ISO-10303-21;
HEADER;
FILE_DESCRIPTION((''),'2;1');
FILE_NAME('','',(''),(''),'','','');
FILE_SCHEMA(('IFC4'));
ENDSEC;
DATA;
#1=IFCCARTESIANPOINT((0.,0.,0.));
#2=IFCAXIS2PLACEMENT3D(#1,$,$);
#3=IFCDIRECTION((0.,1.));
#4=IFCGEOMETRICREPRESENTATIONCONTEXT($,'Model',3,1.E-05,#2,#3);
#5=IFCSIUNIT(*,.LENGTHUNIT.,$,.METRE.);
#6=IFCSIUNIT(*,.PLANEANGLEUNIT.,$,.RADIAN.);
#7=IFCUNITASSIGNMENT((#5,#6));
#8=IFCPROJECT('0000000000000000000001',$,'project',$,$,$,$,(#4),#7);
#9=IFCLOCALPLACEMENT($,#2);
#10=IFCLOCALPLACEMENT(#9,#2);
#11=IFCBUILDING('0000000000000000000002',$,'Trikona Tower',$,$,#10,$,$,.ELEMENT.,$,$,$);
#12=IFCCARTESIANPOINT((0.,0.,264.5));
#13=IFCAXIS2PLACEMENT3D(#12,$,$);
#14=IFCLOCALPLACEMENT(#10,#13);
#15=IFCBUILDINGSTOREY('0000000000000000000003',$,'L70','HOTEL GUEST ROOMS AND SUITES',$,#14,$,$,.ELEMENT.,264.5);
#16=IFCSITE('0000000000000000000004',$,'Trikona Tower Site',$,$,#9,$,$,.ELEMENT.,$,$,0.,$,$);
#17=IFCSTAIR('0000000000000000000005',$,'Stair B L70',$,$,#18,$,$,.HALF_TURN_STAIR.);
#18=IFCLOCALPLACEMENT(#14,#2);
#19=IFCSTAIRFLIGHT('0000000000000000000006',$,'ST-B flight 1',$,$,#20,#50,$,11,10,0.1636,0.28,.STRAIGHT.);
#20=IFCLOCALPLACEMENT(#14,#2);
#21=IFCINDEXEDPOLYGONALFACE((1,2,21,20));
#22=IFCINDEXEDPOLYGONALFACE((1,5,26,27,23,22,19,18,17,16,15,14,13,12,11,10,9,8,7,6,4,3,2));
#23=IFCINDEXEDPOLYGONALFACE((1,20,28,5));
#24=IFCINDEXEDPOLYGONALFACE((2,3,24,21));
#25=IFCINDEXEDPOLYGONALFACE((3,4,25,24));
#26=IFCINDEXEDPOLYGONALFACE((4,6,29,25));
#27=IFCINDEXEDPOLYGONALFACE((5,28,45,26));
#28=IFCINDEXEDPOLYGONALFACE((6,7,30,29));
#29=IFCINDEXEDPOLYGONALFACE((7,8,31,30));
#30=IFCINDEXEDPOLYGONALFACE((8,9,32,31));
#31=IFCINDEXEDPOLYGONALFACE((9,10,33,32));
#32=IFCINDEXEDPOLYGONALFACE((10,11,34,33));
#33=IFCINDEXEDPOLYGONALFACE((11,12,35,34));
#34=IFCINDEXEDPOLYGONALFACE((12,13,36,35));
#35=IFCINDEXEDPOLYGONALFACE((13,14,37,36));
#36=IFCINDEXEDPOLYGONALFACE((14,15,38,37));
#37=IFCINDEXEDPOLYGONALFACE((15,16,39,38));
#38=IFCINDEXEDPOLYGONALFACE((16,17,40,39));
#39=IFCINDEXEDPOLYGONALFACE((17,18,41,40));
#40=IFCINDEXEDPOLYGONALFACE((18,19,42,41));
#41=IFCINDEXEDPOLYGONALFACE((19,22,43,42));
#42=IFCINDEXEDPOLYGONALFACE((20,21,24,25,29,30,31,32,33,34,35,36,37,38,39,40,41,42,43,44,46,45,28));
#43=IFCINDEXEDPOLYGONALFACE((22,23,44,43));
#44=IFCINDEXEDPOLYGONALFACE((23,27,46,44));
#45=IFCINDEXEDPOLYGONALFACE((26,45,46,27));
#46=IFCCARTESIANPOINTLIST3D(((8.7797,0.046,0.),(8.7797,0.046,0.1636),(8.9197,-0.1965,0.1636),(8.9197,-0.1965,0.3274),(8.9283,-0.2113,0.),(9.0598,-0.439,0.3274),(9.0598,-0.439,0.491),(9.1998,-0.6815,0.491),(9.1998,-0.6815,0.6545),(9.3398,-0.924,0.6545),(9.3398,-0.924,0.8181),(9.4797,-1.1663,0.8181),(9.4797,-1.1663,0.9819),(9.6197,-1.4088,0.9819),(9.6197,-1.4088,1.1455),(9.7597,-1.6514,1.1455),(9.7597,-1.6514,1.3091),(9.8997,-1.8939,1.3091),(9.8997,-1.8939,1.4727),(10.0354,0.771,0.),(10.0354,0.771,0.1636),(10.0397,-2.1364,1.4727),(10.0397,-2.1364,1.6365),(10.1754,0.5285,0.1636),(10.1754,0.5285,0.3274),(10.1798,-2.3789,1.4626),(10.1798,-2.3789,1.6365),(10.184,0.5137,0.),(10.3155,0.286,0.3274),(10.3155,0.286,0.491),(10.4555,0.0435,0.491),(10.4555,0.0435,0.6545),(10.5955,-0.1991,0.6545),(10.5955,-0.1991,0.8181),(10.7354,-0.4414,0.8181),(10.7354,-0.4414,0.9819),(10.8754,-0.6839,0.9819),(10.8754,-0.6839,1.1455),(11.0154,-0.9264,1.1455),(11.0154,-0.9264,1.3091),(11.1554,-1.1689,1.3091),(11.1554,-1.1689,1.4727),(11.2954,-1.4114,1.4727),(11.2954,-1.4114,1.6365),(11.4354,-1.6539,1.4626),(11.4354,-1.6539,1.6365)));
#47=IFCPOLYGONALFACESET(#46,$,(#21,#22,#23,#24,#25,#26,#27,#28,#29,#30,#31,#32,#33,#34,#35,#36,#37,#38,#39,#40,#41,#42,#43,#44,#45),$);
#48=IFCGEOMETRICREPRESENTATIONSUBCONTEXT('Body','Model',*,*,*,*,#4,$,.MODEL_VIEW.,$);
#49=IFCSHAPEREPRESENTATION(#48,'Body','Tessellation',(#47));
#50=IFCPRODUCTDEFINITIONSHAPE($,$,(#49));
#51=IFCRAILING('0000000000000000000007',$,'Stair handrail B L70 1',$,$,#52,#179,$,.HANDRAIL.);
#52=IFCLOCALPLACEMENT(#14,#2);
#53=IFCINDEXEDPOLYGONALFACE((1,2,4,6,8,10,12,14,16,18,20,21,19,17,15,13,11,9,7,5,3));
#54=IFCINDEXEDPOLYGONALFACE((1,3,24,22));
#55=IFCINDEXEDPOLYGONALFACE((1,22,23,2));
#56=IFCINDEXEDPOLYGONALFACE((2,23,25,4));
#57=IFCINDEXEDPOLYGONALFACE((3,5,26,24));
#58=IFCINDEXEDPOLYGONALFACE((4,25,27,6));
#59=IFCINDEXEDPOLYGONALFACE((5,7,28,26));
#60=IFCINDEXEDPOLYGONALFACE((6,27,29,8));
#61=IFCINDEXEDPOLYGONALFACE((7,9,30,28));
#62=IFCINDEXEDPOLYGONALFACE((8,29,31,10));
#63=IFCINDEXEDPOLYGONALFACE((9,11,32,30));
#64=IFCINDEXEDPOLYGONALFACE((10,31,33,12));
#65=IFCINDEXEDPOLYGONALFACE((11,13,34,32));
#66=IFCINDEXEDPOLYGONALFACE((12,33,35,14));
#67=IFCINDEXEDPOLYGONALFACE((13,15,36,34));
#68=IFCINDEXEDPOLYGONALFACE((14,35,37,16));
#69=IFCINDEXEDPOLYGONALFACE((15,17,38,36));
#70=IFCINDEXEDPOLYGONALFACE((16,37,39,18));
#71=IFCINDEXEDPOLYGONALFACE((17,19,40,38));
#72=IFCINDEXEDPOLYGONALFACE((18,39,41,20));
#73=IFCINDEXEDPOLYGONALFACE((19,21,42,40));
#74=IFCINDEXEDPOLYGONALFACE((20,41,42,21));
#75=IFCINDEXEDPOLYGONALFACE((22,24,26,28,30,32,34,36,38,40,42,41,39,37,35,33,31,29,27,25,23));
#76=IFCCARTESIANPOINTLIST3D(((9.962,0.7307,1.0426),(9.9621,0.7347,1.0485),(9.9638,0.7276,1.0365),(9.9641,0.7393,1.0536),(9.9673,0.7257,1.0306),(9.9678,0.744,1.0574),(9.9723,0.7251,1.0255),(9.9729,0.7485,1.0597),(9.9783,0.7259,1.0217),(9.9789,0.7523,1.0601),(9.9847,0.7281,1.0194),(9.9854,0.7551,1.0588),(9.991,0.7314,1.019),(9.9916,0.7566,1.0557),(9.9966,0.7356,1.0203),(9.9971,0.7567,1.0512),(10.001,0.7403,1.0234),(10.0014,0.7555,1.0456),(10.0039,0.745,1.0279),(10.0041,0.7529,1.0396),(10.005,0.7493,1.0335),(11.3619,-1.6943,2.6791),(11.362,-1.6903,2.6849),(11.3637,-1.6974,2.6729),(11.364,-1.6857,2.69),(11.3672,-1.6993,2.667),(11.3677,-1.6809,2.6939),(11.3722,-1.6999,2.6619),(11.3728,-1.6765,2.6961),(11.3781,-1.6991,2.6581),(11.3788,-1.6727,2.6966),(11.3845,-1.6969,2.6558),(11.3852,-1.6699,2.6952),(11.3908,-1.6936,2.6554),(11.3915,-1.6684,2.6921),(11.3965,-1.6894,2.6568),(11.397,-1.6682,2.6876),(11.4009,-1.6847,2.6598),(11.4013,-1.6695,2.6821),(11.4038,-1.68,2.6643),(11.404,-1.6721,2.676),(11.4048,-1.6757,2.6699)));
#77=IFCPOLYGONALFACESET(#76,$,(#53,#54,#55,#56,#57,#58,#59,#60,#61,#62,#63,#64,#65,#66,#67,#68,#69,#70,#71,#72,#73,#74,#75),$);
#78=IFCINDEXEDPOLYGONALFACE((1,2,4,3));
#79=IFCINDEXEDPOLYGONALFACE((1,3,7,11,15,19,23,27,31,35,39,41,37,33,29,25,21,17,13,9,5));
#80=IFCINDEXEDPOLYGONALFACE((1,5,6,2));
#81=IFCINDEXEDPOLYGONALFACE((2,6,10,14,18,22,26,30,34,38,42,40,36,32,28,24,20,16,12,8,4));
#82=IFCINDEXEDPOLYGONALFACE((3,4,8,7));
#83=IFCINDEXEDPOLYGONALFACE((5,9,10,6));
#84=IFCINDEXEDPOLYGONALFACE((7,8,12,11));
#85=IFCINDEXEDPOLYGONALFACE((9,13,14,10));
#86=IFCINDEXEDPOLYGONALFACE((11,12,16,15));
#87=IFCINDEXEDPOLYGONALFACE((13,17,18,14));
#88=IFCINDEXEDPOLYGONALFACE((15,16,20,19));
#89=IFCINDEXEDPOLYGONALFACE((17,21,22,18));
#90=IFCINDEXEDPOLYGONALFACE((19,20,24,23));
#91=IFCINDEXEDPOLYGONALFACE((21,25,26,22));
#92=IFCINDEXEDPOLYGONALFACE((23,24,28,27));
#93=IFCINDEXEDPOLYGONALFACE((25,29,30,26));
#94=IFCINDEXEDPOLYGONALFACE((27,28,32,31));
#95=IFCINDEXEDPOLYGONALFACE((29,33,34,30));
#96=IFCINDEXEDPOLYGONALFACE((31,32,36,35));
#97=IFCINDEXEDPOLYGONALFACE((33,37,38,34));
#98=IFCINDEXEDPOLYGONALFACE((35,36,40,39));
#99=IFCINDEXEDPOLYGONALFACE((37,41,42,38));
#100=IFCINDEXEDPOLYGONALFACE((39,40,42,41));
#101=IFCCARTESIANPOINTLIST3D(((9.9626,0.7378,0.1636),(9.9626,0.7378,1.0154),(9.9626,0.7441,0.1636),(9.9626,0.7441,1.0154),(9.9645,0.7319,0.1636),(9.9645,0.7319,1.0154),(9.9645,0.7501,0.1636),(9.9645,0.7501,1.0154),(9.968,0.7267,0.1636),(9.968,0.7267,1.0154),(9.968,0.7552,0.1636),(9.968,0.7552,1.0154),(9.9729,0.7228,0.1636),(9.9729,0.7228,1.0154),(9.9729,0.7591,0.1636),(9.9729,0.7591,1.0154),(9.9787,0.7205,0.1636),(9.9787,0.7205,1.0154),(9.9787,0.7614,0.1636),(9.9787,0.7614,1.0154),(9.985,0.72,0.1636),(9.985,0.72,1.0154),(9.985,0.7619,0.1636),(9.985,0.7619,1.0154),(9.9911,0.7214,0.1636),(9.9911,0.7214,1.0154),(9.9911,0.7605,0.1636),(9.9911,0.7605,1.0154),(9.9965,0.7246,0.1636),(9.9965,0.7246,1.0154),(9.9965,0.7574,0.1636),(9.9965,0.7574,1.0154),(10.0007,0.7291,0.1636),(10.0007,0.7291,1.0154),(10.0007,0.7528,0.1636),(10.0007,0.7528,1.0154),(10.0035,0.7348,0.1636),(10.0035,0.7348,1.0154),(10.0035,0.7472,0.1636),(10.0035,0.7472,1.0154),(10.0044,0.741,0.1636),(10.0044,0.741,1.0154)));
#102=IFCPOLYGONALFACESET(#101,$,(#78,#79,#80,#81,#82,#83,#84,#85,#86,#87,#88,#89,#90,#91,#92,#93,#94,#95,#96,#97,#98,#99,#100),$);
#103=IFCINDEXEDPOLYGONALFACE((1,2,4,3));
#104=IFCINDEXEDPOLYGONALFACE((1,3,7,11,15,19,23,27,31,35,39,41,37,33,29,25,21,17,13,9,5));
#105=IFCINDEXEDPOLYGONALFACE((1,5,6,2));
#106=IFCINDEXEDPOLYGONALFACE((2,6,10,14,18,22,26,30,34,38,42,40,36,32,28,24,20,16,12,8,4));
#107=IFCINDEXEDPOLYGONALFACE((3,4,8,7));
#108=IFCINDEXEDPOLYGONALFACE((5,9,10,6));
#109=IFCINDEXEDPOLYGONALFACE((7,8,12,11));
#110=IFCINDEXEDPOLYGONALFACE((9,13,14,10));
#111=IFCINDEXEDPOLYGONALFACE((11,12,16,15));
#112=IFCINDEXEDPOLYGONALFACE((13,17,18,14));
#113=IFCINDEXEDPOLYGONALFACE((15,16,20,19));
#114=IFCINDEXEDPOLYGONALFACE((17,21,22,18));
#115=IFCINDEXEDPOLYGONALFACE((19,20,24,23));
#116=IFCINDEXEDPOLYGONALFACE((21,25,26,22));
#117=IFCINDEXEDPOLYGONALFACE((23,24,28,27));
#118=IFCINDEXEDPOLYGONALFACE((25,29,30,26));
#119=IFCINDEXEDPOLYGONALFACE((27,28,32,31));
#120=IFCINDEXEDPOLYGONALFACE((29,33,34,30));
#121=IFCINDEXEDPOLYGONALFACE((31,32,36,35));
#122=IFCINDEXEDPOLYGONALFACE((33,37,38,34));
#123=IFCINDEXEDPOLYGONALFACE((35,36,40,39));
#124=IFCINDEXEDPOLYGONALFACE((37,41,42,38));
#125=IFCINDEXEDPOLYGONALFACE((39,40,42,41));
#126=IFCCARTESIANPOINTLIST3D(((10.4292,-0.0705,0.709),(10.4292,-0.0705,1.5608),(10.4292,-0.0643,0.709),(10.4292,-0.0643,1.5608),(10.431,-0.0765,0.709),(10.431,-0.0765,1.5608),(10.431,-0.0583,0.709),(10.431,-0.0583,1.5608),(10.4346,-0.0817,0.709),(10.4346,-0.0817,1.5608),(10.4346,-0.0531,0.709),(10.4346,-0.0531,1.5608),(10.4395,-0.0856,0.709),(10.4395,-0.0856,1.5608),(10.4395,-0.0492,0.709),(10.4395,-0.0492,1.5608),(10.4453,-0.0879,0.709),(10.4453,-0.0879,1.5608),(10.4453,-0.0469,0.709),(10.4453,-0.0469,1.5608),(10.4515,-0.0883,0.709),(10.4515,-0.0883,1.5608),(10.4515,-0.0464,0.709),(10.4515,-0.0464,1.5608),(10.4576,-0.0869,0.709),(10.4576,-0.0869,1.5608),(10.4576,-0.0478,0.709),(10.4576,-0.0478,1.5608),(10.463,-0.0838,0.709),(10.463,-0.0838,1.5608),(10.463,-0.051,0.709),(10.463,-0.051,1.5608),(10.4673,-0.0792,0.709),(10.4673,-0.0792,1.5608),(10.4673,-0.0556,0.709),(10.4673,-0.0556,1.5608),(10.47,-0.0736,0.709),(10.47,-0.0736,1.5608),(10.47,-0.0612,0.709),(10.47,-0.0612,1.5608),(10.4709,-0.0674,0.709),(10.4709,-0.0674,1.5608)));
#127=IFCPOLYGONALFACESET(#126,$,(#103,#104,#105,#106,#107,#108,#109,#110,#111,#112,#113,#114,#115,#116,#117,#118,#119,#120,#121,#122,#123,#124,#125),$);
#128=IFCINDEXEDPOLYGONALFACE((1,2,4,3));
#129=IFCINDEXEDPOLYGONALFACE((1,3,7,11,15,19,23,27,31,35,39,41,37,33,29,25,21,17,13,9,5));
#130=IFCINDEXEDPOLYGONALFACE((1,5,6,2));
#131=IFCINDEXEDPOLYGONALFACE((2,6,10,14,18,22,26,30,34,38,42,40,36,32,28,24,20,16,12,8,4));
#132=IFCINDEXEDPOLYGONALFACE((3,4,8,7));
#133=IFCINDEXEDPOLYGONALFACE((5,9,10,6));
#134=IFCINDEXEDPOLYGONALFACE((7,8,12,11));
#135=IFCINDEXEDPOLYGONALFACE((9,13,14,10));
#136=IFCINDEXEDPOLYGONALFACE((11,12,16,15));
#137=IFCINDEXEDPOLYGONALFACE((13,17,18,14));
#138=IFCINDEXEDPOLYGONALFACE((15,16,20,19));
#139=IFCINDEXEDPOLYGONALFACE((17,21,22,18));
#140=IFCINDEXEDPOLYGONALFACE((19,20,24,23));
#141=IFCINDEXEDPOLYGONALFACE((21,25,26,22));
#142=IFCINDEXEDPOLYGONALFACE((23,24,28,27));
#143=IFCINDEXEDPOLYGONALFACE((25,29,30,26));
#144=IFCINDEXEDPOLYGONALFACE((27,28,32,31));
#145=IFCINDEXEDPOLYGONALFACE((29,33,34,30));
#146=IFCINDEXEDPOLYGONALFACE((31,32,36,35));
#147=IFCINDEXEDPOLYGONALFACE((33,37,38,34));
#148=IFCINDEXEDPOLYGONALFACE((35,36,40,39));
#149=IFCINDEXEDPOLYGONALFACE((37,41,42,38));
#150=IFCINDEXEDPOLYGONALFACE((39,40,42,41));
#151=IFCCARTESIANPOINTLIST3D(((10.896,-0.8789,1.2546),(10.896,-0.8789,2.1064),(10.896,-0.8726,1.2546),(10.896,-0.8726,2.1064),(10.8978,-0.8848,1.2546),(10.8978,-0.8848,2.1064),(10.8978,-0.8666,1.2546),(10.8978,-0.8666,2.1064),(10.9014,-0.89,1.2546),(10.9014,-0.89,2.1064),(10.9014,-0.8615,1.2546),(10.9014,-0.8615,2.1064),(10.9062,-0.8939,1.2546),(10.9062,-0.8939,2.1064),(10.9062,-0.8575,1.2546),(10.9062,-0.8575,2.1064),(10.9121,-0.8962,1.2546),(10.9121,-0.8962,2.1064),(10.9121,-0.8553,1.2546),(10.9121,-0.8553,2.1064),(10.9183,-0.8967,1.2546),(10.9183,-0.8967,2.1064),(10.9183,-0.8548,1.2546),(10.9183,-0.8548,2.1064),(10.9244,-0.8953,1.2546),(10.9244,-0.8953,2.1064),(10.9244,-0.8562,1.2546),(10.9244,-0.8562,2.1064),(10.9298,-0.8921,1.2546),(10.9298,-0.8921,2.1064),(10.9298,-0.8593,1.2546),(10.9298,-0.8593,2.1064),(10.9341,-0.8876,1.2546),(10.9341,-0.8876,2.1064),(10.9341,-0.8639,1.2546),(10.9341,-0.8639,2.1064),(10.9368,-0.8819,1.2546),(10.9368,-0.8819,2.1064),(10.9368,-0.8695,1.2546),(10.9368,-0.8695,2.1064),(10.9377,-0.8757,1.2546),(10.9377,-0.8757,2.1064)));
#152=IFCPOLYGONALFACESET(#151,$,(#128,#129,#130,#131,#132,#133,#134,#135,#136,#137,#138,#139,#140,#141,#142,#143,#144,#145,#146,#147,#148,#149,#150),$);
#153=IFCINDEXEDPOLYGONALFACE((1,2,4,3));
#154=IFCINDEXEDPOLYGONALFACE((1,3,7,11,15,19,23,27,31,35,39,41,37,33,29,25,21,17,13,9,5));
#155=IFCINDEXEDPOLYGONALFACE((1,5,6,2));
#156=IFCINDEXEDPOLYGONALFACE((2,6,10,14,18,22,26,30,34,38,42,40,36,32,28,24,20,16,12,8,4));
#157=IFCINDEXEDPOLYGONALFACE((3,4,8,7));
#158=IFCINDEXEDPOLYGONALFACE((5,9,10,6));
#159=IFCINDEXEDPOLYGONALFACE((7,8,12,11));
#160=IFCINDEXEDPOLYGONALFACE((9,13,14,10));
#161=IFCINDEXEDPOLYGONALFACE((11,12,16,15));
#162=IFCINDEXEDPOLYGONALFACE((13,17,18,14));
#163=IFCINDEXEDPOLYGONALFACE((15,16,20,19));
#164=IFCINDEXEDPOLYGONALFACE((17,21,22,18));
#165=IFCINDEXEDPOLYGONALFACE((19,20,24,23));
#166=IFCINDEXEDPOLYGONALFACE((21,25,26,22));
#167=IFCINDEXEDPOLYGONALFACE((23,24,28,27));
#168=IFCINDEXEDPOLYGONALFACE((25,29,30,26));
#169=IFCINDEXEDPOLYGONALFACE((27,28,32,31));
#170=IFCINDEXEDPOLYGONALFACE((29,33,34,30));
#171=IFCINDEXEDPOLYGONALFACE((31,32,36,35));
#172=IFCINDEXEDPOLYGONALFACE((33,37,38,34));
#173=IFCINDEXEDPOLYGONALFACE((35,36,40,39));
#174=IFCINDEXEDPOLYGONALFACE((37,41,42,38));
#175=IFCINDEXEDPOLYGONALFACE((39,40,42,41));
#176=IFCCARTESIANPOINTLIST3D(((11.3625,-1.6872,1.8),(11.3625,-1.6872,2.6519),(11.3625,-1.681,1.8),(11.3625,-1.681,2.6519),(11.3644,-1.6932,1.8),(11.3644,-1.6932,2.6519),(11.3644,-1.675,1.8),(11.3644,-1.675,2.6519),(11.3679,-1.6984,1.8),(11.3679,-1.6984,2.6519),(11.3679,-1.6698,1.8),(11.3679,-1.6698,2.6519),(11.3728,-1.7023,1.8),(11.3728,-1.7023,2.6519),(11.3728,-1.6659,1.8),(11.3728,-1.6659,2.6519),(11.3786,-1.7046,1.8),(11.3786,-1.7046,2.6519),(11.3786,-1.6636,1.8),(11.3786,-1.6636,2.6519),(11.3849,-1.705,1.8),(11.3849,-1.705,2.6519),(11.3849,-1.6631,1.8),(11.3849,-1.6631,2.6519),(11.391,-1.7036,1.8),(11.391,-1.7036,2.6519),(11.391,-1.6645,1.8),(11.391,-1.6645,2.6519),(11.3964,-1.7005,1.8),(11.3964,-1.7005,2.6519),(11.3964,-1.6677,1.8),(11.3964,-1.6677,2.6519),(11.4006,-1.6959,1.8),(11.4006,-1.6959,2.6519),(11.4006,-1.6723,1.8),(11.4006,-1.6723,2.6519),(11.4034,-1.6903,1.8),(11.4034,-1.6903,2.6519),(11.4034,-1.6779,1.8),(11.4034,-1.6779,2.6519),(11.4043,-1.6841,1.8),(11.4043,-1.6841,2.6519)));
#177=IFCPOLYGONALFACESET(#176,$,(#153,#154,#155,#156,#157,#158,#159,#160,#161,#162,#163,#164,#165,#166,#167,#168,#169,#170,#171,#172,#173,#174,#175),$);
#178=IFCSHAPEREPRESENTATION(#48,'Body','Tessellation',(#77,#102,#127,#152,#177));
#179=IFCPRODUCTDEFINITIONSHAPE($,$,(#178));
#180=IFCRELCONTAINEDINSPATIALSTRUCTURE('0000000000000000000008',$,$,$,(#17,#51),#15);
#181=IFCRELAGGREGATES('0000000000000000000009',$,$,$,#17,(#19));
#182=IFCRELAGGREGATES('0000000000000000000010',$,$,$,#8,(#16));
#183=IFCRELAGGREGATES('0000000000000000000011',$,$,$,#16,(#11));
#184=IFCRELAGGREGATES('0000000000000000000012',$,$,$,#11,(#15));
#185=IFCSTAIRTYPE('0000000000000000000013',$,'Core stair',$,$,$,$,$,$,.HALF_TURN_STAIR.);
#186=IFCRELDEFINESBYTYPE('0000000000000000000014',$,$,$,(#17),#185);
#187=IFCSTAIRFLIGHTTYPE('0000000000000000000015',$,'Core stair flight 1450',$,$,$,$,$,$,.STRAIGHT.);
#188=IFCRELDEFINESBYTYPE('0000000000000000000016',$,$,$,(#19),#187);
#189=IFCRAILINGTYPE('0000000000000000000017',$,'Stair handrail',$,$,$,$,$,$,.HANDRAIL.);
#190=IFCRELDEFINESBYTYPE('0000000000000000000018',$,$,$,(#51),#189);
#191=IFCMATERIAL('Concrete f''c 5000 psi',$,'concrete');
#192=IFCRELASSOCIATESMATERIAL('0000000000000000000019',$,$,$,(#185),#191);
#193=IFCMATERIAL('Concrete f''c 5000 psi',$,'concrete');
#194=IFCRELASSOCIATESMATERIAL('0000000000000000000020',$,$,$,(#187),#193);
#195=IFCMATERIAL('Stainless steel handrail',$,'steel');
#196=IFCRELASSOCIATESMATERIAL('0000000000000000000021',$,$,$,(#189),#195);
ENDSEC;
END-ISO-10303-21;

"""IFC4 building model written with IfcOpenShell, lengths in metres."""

from ifc_helpers import new_model, si_unit, direction, frame, origin, origin_2d, place, context, subcontext, project, spatial, polyline, circle, outline, extrude, material, type_object, element, aggregate, save


model = new_model("IFC4")

# Units and contexts
model_context = context("Model", 3, precision=1e-05, world=origin(), true_north=direction((0.0, 1.0)))
body_context = subcontext(model_context, "Body", "Model", "MODEL_VIEW")
ifc_project = project(units=[si_unit("LENGTHUNIT", "METRE"), si_unit("PLANEANGLEUNIT", "RADIAN")], contexts=[model_context])

# Site, building, storey
site_placement = place(None, origin())
site = spatial("IfcSite", under=ifc_project, at=site_placement, Name="Trikona Tower Site", CompositionType="ELEMENT", RefElevation=0.0)
building_placement = place(site_placement, origin())
building = spatial("IfcBuilding", under=site, at=building_placement, Name="Trikona Tower", CompositionType="ELEMENT")
storey_placement = place(building_placement, frame((0.0, 0.0, 264.5)))
storey = spatial("IfcBuildingStorey", under=building, at=storey_placement, Name="L70", Description="HOTEL GUEST ROOMS AND SUITES", CompositionType="ELEMENT", Elevation=264.5)

# Shared definitions
ifc_material_1 = material(Name="Concrete f'c 5000 psi", Category="concrete")
stair_type = type_object("IfcStairType", Name="Core stair", PredefinedType="HALF_TURN_STAIR", material=ifc_material_1)

# Stair
stair_1_placement = place(storey_placement, origin())
stair_1 = element("IfcStair", 1, at=stair_1_placement, inside=storey, type_object=stair_type, Name="Stair B L70", PredefinedType="HALF_TURN_STAIR")

# Stair flight
ifc_material_2 = material(Name="Concrete f'c 5000 psi", Category="concrete")
stair_flight_type = type_object("IfcStairFlightType", Name="Core stair flight 1450", PredefinedType="STRAIGHT", material=ifc_material_2)
stair_flight_placement = place(storey_placement, frame((9.4075, 0.4084, 0.0), z_axis=(0.0, 0.0, 1.0), x_axis=(0.5, -0.866025, 0.0)))
stair_flight = element("IfcStairFlight", 2, at=stair_flight_placement, type_object=stair_flight_type, Name="ST-B flight 1", NumberOfRisers=11, NumberOfTreads=10, PredefinedType="STRAIGHT", RiserHeight=0.1636, TreadLength=0.28, context=body_context, shape_type="SweptSolid", body=[
    extrude(outline(polyline([(0.0, 0.0), (0.0, 0.1636), (0.28, 0.1636), (0.28, 0.3274), (0.5601, 0.3274), (0.5601, 0.491), (0.8401, 0.491), (0.8401, 0.6545), (1.1201, 0.6545), (1.1201, 0.8181), (1.3999, 0.8181), (1.3999, 0.9819), (1.6799, 0.9819), (1.6799, 1.1455), (1.96, 1.1455), (1.96, 1.3091), (2.24, 1.3091), (2.24, 1.4727), (2.52, 1.4727), (2.52, 1.6365), (2.8, 1.6365), (2.8, 1.8), (2.8, 1.4626), (0.2971, 0.0), (0.0, 0.0)])), frame((0.0, 0.7251, 0.0), z_axis=(0.0, -1.0, 0.0), x_axis=(1.0, 0.0, 0.0)), (0.0, 0.0, 1.0), 1.45),
])
aggregate(stair_1, [stair_flight])

# Railing
ifc_material_3 = material(Name="Stainless steel handrail", Category="steel")
railing_type = type_object("IfcRailingType", Name="Stair handrail", PredefinedType="HANDRAIL", material=ifc_material_3)
railing_placement = place(storey_placement, frame((9.9834, 0.741, 0.1636)))
element("IfcRailing", 3, at=railing_placement, inside=storey, type_object=railing_type, Name="Stair handrail B L70 1", PredefinedType="HANDRAIL", context=body_context, shape_type="SweptSolid", body=[
    extrude(circle(Radius=0.0239, at=origin_2d()), frame((0.0, 0.0, 0.876), z_axis=(0.431636, -0.747723, 0.504579), x_axis=(0.866056, 0.499946, 0.0)), (0.0, 0.0, 1.0), 3.2432),
    extrude(circle(Radius=0.021, at=origin_2d()), origin(), (0.0, 0.0, 1.0), 0.8518),
    extrude(circle(Radius=0.021, at=origin_2d()), frame((0.4666, -0.8083, 0.5454)), (0.0, 0.0, 1.0), 0.8518),
    extrude(circle(Radius=0.021, at=origin_2d()), frame((0.9333, -1.6167, 1.0911)), (0.0, 0.0, 1.0), 0.8518),
    extrude(circle(Radius=0.021, at=origin_2d()), frame((1.3999, -2.425, 1.6365)), (0.0, 0.0, 1.0), 0.8518),
])

save(model, "model.ifc")
